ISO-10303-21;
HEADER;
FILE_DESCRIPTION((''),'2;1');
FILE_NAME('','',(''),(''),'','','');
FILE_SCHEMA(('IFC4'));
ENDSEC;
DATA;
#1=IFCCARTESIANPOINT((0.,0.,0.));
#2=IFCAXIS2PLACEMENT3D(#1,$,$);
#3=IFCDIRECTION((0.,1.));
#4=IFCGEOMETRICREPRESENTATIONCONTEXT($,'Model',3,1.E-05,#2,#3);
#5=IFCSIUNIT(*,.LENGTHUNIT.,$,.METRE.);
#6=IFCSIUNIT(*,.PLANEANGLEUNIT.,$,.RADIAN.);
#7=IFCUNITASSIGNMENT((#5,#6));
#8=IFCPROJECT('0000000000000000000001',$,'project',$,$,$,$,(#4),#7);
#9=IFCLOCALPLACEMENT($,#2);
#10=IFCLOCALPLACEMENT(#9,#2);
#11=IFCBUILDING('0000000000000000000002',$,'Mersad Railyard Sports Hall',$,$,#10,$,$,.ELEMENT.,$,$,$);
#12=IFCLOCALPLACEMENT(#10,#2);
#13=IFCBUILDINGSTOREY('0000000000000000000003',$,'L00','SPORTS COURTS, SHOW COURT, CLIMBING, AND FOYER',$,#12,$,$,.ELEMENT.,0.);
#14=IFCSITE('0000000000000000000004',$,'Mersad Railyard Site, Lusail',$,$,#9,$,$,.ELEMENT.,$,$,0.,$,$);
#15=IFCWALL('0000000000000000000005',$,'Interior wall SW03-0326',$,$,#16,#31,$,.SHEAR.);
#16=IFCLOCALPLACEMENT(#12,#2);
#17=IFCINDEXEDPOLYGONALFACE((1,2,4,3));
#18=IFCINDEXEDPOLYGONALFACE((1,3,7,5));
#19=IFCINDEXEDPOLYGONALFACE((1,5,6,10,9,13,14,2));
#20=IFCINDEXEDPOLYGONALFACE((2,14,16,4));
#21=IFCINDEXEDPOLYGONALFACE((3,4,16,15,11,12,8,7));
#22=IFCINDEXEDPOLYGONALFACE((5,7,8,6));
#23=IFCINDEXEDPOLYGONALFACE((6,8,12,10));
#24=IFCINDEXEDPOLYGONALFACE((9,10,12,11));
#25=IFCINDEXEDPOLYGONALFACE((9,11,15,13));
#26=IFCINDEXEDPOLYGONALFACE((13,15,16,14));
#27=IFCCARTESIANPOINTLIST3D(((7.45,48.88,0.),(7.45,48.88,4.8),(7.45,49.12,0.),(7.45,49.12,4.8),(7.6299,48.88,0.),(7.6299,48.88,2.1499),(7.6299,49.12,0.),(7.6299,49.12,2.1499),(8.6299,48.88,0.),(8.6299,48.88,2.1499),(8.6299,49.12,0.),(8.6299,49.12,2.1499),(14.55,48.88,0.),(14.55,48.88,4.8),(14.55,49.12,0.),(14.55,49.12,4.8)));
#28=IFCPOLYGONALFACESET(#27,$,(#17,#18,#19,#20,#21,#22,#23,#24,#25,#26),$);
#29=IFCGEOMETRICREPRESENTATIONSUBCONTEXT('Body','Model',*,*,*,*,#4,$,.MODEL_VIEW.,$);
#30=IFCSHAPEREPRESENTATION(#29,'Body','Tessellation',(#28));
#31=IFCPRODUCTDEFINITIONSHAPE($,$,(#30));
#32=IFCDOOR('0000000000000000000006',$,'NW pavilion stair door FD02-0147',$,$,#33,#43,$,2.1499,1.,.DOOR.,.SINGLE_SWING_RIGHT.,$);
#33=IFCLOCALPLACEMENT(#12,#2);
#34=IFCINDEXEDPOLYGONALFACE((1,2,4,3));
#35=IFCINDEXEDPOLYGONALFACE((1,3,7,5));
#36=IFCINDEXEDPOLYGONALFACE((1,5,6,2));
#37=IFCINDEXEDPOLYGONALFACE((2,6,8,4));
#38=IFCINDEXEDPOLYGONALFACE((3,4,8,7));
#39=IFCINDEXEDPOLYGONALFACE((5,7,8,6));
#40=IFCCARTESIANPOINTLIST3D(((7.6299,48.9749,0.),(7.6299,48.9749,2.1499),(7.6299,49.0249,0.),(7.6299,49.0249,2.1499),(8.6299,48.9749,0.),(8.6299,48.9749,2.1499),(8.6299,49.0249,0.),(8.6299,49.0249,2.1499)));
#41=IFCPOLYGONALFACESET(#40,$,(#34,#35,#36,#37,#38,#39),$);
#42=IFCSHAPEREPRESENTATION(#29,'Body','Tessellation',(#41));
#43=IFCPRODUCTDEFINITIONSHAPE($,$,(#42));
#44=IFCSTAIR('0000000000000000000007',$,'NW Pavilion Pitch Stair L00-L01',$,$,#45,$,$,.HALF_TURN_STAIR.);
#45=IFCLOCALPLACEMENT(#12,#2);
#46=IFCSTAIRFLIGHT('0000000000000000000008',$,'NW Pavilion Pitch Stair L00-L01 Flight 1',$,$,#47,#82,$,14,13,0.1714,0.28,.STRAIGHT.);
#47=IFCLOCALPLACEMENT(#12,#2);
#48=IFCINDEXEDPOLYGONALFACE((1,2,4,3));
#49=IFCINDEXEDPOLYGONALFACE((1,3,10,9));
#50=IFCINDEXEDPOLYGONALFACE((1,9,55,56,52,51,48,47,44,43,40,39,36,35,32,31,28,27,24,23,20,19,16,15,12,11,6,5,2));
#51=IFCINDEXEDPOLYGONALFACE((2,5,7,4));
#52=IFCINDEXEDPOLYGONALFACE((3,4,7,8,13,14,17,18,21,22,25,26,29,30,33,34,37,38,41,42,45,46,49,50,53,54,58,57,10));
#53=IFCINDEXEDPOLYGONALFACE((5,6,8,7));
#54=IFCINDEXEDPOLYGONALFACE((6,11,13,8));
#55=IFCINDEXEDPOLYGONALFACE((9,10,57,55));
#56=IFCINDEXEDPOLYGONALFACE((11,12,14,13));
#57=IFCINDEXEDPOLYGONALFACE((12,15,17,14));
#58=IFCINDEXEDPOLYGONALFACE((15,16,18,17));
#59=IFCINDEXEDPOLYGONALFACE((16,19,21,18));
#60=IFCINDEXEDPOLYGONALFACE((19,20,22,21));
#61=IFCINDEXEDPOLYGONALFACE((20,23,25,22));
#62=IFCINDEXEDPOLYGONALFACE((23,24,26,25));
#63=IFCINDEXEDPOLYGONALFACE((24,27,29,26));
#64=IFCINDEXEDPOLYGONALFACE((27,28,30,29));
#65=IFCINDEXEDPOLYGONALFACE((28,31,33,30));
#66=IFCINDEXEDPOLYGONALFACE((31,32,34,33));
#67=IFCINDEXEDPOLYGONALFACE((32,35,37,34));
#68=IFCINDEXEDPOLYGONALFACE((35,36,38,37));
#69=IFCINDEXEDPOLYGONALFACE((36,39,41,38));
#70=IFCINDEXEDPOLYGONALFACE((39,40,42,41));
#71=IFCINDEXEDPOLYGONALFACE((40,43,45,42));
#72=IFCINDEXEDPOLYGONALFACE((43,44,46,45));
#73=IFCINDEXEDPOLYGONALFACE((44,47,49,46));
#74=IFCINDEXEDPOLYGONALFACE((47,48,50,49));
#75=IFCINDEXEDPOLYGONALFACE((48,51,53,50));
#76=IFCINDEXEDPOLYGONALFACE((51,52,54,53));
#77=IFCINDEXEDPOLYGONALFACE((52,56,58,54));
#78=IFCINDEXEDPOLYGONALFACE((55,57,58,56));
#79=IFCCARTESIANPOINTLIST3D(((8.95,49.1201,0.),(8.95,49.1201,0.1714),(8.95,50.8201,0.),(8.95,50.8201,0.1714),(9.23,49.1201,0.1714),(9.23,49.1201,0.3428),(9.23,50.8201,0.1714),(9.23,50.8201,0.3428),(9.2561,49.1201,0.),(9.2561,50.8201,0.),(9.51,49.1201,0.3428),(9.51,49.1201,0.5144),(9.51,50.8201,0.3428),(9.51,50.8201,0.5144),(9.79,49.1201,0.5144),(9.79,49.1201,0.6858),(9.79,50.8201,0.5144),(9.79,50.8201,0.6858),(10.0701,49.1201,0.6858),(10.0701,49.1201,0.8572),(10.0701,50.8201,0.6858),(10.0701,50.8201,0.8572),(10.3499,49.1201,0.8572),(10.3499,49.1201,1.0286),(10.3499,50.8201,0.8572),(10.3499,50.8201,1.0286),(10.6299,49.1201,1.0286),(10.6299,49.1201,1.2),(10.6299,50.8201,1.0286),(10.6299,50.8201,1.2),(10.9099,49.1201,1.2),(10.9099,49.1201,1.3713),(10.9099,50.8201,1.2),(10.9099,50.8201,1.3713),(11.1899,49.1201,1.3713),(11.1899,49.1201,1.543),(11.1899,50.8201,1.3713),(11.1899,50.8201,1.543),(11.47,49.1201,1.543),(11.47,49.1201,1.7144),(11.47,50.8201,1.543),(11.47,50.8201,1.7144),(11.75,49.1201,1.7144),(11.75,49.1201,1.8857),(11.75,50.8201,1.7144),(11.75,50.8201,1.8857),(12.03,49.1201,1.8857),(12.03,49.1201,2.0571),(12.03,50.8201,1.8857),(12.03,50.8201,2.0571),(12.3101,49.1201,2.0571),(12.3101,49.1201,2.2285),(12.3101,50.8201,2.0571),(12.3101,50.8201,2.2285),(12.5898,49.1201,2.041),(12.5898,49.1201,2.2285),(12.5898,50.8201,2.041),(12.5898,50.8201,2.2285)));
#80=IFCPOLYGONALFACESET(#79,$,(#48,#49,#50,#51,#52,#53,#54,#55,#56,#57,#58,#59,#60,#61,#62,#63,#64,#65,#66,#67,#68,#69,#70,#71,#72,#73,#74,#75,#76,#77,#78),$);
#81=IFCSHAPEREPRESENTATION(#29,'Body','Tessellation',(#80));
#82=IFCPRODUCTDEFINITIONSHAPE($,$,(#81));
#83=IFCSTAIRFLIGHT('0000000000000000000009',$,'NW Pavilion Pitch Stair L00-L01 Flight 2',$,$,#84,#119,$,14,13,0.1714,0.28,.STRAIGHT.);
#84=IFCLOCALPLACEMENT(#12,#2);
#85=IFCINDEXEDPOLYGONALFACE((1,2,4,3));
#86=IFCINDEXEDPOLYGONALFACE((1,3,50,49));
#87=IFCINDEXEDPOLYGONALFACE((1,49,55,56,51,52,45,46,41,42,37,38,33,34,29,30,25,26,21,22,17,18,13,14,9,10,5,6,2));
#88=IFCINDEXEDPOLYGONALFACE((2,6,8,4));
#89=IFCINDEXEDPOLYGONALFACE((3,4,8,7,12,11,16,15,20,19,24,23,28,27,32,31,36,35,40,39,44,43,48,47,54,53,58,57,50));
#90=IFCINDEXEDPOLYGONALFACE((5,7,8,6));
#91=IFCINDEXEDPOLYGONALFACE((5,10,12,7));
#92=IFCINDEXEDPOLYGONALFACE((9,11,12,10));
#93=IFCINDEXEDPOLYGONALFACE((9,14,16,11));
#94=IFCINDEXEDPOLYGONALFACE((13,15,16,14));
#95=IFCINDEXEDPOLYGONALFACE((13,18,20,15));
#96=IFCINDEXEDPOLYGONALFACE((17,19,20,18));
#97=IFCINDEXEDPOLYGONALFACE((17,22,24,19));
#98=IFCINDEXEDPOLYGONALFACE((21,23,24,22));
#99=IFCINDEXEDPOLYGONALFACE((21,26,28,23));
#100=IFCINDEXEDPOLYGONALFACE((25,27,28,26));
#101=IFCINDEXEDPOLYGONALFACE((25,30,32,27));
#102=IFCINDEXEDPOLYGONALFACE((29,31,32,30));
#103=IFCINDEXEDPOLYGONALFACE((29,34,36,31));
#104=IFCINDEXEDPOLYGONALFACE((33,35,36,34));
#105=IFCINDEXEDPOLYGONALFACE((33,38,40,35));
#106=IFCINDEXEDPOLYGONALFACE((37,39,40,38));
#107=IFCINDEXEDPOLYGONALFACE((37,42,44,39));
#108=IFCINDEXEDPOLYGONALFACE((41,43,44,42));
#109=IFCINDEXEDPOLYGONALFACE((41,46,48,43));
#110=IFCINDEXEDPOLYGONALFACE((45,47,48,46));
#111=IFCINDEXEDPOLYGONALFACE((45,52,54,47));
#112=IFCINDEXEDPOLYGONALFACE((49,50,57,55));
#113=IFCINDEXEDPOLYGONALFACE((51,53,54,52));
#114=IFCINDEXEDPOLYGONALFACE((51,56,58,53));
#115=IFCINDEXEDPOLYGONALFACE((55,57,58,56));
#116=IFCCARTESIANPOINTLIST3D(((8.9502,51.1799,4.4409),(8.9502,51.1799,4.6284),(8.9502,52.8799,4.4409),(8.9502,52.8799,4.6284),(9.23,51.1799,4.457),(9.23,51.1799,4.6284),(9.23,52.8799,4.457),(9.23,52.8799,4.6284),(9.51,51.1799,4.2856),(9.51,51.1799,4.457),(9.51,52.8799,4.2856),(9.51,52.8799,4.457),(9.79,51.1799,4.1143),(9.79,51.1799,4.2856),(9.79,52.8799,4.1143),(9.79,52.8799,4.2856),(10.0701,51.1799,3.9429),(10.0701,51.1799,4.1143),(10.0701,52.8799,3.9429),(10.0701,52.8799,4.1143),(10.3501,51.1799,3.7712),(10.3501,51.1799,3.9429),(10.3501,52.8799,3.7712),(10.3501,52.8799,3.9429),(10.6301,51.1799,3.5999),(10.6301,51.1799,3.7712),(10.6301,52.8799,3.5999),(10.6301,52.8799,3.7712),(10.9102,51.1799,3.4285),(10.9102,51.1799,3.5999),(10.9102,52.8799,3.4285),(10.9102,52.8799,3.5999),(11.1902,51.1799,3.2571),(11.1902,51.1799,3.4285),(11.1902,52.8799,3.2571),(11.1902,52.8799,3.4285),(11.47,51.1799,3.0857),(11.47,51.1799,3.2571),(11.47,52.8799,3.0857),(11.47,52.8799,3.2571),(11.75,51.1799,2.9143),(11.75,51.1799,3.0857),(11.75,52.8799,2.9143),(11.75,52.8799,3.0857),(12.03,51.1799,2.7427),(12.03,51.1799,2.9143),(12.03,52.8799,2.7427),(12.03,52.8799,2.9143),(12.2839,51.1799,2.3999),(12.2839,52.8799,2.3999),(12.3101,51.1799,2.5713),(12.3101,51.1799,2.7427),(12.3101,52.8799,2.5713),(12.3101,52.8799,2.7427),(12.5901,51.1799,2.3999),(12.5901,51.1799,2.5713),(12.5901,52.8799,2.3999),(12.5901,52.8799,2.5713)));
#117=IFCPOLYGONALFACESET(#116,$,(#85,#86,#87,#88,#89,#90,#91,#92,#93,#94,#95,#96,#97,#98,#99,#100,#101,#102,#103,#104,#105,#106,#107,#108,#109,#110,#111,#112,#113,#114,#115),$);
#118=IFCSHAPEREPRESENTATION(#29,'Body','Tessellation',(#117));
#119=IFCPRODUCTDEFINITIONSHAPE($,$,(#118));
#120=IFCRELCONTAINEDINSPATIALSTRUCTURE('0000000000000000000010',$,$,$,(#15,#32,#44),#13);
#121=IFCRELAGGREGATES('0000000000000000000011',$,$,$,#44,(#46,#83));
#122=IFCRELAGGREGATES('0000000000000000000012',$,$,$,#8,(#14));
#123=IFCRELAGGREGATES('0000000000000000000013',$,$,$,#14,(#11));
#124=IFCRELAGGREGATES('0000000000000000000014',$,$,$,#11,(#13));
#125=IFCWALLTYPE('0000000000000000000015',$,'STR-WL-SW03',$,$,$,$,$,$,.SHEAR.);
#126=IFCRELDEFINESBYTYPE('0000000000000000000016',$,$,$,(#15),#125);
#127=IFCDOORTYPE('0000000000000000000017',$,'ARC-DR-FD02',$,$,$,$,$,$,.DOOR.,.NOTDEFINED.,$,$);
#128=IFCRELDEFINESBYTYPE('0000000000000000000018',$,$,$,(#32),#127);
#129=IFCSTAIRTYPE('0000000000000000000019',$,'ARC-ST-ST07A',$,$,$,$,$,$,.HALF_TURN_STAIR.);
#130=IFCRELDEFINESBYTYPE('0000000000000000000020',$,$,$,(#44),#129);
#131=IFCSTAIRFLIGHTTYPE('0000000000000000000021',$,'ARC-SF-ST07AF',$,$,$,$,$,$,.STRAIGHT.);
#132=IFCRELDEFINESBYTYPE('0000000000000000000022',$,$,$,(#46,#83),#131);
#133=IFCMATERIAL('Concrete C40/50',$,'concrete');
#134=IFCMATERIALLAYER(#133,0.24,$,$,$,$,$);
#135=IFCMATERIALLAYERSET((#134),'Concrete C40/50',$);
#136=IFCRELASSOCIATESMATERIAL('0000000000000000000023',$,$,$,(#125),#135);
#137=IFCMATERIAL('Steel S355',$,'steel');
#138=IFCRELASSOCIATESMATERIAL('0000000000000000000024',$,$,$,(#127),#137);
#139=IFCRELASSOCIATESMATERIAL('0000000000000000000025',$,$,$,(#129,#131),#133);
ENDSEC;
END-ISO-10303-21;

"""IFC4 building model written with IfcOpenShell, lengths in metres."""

from ifc_helpers import new_model, si_unit, direction, frame, frame_2d, origin, place, context, subcontext, project, spatial, polyline, rectangle, outline, extrude, material, layer, layer_set, type_object, element, fill, aggregate, save


model = new_model("IFC4")

# Units and contexts
model_context = context("Model", 3, precision=1e-05, world=origin(), true_north=direction((0.0, 1.0)))
body_context = subcontext(model_context, "Body", "Model", "MODEL_VIEW")
ifc_project = project(units=[si_unit("LENGTHUNIT", "METRE"), si_unit("PLANEANGLEUNIT", "RADIAN")], contexts=[model_context])

# Site, building, storey
site_placement = place(None, origin())
site = spatial("IfcSite", under=ifc_project, at=site_placement, Name="Mersad Railyard Site, Lusail", CompositionType="ELEMENT", RefElevation=0.0)
building_placement = place(site_placement, origin())
building = spatial("IfcBuilding", under=site, at=building_placement, Name="Mersad Railyard Sports Hall", CompositionType="ELEMENT")
storey_placement = place(building_placement, origin())
storey = spatial("IfcBuildingStorey", under=building, at=storey_placement, Name="L00", Description="SPORTS COURTS, SHOW COURT, CLIMBING, AND FOYER", CompositionType="ELEMENT", Elevation=0.0)

# Shared definitions
ifc_material_1 = material(Name="Concrete C40/50", Category="concrete")

# Shared definitions
ifc_material_2 = material(Name="Steel S355", Category="steel")

# Shared definitions
ifc_layer_1 = layer(ifc_material_1, 0.24)
ifc_layer_set_1 = layer_set([ifc_layer_1], Name="Concrete C40/50")
wall_type_1 = type_object("IfcWallType", Name="STR-WL-SW03", PredefinedType="SHEAR", material=ifc_layer_set_1)

# Wall, opening, door
wall_1_placement = place(storey_placement, frame((7.45, 49.0, 0.0), z_axis=(0.0, 0.0, 1.0), x_axis=(1.0, 0.0, 0.0)))
wall_1 = element("IfcWall", 1, at=wall_1_placement, inside=storey, type_object=wall_type_1, Name="Interior wall SW03-0326", PredefinedType="SHEAR", context=body_context, shape_type="SweptSolid", body=[
    extrude(rectangle(XDim=7.1001, YDim=0.24, at=frame_2d((3.55, 0.0))), origin(), (0.0, 0.0, 1.0), 4.8),
])
opening_1_placement = place(wall_1_placement, frame((0.1799, 0.0, 0.0)))
opening_1 = element("IfcOpeningElement", 2, at=opening_1_placement, cuts=wall_1, PredefinedType="OPENING", context=body_context, shape_type="SweptSolid", body=[
    extrude(rectangle(XDim=1.0, YDim=2.1499, at=frame_2d((0.5, 1.075))), frame((0.0, 0.1299, 0.0), z_axis=(0.0, -1.0, 0.0), x_axis=(1.0, 0.0, 0.0)), (0.0, 0.0, 1.0), 0.26),
])
door_type_1 = type_object("IfcDoorType", Name="ARC-DR-FD02", OperationType="NOTDEFINED", PredefinedType="DOOR", material=ifc_material_2)
door_1_placement = place(opening_1_placement, origin())
door_1 = element("IfcDoor", 3, at=door_1_placement, inside=storey, type_object=door_type_1, Name="NW pavilion stair door FD02-0147", OperationType="SINGLE_SWING_RIGHT", OverallHeight=2.1499, OverallWidth=1.0, PredefinedType="DOOR", context=body_context, shape_type="SweptSolid", body=[
    extrude(rectangle(XDim=1.0, YDim=2.1499, at=frame_2d((0.5, 1.075))), frame((0.0, 0.0249, 0.0), z_axis=(0.0, -1.0, 0.0), x_axis=(1.0, 0.0, 0.0)), (0.0, 0.0, 1.0), 0.05),
])
fill(opening_1, door_1)

# Stair, stair flights
stair_type = type_object("IfcStairType", Name="ARC-ST-ST07A", PredefinedType="HALF_TURN_STAIR", material=ifc_material_1)
stair_placement = place(storey_placement, origin())
stair = element("IfcStair", 4, at=stair_placement, inside=storey, type_object=stair_type, Name="NW Pavilion Pitch Stair L00-L01", PredefinedType="HALF_TURN_STAIR")
stair_flight_type = type_object("IfcStairFlightType", Name="ARC-SF-ST07AF", PredefinedType="STRAIGHT", material=ifc_material_1)
stair_flight_1_placement = place(storey_placement, frame((8.95, 49.97, 0.0), z_axis=(0.0, 0.0, 1.0), x_axis=(1.0, 0.0, 0.0)))
stair_flight_1 = element("IfcStairFlight", 5, at=stair_flight_1_placement, type_object=stair_flight_type, Name="NW Pavilion Pitch Stair L00-L01 Flight 1", NumberOfRisers=14, NumberOfTreads=13, PredefinedType="STRAIGHT", RiserHeight=0.1714, TreadLength=0.28, context=body_context, shape_type="SweptSolid", body=[
    extrude(outline(polyline([(0.0, 0.0), (0.0, 0.1714), (0.28, 0.1714), (0.28, 0.3428), (0.5601, 0.3428), (0.5601, 0.5144), (0.8401, 0.5144), (0.8401, 0.6858), (1.1201, 0.6858), (1.1201, 0.8572), (1.3999, 0.8572), (1.3999, 1.0286), (1.6799, 1.0286), (1.6799, 1.2), (1.96, 1.2), (1.96, 1.3713), (2.24, 1.3713), (2.24, 1.543), (2.52, 1.543), (2.52, 1.7144), (2.8, 1.7144), (2.8, 1.8857), (3.0801, 1.8857), (3.0801, 2.0571), (3.3601, 2.0571), (3.3601, 2.2285), (3.6399, 2.2285), (3.6399, 2.3999), (3.6399, 2.041), (0.3062, 0.0), (0.0, 0.0)])), frame((0.0, 0.8501, 0.0), z_axis=(0.0, -1.0, 0.0), x_axis=(1.0, 0.0, 0.0)), (0.0, 0.0, 1.0), 1.7),
])
stair_flight_2_placement = place(storey_placement, frame((12.5901, 52.03, 2.3999), z_axis=(0.0, 0.0, 1.0), x_axis=(-1.0, 0.0, 0.0)))
stair_flight_2 = element("IfcStairFlight", 6, at=stair_flight_2_placement, type_object=stair_flight_type, Name="NW Pavilion Pitch Stair L00-L01 Flight 2", NumberOfRisers=14, NumberOfTreads=13, PredefinedType="STRAIGHT", RiserHeight=0.1714, TreadLength=0.28, context=body_context, shape_type="SweptSolid", body=[
    extrude(outline(polyline([(0.0, 0.0), (0.0, 0.1714), (0.28, 0.1714), (0.28, 0.3428), (0.5601, 0.3428), (0.5601, 0.5144), (0.8401, 0.5144), (0.8401, 0.6858), (1.1201, 0.6858), (1.1201, 0.8572), (1.3999, 0.8572), (1.3999, 1.0286), (1.6799, 1.0286), (1.6799, 1.2), (1.96, 1.2), (1.96, 1.3713), (2.24, 1.3713), (2.24, 1.543), (2.52, 1.543), (2.52, 1.7144), (2.8, 1.7144), (2.8, 1.8857), (3.0801, 1.8857), (3.0801, 2.0571), (3.3601, 2.0571), (3.3601, 2.2285), (3.6399, 2.2285), (3.6399, 2.3999), (3.6399, 2.041), (0.3062, 0.0), (0.0, 0.0)])), frame((0.0, 0.8501, 0.0), z_axis=(0.0, -1.0, 0.0), x_axis=(1.0, 0.0, 0.0)), (0.0, 0.0, 1.0), 1.7),
])
aggregate(stair, [stair_flight_1, stair_flight_2])

save(model, "model.ifc")
